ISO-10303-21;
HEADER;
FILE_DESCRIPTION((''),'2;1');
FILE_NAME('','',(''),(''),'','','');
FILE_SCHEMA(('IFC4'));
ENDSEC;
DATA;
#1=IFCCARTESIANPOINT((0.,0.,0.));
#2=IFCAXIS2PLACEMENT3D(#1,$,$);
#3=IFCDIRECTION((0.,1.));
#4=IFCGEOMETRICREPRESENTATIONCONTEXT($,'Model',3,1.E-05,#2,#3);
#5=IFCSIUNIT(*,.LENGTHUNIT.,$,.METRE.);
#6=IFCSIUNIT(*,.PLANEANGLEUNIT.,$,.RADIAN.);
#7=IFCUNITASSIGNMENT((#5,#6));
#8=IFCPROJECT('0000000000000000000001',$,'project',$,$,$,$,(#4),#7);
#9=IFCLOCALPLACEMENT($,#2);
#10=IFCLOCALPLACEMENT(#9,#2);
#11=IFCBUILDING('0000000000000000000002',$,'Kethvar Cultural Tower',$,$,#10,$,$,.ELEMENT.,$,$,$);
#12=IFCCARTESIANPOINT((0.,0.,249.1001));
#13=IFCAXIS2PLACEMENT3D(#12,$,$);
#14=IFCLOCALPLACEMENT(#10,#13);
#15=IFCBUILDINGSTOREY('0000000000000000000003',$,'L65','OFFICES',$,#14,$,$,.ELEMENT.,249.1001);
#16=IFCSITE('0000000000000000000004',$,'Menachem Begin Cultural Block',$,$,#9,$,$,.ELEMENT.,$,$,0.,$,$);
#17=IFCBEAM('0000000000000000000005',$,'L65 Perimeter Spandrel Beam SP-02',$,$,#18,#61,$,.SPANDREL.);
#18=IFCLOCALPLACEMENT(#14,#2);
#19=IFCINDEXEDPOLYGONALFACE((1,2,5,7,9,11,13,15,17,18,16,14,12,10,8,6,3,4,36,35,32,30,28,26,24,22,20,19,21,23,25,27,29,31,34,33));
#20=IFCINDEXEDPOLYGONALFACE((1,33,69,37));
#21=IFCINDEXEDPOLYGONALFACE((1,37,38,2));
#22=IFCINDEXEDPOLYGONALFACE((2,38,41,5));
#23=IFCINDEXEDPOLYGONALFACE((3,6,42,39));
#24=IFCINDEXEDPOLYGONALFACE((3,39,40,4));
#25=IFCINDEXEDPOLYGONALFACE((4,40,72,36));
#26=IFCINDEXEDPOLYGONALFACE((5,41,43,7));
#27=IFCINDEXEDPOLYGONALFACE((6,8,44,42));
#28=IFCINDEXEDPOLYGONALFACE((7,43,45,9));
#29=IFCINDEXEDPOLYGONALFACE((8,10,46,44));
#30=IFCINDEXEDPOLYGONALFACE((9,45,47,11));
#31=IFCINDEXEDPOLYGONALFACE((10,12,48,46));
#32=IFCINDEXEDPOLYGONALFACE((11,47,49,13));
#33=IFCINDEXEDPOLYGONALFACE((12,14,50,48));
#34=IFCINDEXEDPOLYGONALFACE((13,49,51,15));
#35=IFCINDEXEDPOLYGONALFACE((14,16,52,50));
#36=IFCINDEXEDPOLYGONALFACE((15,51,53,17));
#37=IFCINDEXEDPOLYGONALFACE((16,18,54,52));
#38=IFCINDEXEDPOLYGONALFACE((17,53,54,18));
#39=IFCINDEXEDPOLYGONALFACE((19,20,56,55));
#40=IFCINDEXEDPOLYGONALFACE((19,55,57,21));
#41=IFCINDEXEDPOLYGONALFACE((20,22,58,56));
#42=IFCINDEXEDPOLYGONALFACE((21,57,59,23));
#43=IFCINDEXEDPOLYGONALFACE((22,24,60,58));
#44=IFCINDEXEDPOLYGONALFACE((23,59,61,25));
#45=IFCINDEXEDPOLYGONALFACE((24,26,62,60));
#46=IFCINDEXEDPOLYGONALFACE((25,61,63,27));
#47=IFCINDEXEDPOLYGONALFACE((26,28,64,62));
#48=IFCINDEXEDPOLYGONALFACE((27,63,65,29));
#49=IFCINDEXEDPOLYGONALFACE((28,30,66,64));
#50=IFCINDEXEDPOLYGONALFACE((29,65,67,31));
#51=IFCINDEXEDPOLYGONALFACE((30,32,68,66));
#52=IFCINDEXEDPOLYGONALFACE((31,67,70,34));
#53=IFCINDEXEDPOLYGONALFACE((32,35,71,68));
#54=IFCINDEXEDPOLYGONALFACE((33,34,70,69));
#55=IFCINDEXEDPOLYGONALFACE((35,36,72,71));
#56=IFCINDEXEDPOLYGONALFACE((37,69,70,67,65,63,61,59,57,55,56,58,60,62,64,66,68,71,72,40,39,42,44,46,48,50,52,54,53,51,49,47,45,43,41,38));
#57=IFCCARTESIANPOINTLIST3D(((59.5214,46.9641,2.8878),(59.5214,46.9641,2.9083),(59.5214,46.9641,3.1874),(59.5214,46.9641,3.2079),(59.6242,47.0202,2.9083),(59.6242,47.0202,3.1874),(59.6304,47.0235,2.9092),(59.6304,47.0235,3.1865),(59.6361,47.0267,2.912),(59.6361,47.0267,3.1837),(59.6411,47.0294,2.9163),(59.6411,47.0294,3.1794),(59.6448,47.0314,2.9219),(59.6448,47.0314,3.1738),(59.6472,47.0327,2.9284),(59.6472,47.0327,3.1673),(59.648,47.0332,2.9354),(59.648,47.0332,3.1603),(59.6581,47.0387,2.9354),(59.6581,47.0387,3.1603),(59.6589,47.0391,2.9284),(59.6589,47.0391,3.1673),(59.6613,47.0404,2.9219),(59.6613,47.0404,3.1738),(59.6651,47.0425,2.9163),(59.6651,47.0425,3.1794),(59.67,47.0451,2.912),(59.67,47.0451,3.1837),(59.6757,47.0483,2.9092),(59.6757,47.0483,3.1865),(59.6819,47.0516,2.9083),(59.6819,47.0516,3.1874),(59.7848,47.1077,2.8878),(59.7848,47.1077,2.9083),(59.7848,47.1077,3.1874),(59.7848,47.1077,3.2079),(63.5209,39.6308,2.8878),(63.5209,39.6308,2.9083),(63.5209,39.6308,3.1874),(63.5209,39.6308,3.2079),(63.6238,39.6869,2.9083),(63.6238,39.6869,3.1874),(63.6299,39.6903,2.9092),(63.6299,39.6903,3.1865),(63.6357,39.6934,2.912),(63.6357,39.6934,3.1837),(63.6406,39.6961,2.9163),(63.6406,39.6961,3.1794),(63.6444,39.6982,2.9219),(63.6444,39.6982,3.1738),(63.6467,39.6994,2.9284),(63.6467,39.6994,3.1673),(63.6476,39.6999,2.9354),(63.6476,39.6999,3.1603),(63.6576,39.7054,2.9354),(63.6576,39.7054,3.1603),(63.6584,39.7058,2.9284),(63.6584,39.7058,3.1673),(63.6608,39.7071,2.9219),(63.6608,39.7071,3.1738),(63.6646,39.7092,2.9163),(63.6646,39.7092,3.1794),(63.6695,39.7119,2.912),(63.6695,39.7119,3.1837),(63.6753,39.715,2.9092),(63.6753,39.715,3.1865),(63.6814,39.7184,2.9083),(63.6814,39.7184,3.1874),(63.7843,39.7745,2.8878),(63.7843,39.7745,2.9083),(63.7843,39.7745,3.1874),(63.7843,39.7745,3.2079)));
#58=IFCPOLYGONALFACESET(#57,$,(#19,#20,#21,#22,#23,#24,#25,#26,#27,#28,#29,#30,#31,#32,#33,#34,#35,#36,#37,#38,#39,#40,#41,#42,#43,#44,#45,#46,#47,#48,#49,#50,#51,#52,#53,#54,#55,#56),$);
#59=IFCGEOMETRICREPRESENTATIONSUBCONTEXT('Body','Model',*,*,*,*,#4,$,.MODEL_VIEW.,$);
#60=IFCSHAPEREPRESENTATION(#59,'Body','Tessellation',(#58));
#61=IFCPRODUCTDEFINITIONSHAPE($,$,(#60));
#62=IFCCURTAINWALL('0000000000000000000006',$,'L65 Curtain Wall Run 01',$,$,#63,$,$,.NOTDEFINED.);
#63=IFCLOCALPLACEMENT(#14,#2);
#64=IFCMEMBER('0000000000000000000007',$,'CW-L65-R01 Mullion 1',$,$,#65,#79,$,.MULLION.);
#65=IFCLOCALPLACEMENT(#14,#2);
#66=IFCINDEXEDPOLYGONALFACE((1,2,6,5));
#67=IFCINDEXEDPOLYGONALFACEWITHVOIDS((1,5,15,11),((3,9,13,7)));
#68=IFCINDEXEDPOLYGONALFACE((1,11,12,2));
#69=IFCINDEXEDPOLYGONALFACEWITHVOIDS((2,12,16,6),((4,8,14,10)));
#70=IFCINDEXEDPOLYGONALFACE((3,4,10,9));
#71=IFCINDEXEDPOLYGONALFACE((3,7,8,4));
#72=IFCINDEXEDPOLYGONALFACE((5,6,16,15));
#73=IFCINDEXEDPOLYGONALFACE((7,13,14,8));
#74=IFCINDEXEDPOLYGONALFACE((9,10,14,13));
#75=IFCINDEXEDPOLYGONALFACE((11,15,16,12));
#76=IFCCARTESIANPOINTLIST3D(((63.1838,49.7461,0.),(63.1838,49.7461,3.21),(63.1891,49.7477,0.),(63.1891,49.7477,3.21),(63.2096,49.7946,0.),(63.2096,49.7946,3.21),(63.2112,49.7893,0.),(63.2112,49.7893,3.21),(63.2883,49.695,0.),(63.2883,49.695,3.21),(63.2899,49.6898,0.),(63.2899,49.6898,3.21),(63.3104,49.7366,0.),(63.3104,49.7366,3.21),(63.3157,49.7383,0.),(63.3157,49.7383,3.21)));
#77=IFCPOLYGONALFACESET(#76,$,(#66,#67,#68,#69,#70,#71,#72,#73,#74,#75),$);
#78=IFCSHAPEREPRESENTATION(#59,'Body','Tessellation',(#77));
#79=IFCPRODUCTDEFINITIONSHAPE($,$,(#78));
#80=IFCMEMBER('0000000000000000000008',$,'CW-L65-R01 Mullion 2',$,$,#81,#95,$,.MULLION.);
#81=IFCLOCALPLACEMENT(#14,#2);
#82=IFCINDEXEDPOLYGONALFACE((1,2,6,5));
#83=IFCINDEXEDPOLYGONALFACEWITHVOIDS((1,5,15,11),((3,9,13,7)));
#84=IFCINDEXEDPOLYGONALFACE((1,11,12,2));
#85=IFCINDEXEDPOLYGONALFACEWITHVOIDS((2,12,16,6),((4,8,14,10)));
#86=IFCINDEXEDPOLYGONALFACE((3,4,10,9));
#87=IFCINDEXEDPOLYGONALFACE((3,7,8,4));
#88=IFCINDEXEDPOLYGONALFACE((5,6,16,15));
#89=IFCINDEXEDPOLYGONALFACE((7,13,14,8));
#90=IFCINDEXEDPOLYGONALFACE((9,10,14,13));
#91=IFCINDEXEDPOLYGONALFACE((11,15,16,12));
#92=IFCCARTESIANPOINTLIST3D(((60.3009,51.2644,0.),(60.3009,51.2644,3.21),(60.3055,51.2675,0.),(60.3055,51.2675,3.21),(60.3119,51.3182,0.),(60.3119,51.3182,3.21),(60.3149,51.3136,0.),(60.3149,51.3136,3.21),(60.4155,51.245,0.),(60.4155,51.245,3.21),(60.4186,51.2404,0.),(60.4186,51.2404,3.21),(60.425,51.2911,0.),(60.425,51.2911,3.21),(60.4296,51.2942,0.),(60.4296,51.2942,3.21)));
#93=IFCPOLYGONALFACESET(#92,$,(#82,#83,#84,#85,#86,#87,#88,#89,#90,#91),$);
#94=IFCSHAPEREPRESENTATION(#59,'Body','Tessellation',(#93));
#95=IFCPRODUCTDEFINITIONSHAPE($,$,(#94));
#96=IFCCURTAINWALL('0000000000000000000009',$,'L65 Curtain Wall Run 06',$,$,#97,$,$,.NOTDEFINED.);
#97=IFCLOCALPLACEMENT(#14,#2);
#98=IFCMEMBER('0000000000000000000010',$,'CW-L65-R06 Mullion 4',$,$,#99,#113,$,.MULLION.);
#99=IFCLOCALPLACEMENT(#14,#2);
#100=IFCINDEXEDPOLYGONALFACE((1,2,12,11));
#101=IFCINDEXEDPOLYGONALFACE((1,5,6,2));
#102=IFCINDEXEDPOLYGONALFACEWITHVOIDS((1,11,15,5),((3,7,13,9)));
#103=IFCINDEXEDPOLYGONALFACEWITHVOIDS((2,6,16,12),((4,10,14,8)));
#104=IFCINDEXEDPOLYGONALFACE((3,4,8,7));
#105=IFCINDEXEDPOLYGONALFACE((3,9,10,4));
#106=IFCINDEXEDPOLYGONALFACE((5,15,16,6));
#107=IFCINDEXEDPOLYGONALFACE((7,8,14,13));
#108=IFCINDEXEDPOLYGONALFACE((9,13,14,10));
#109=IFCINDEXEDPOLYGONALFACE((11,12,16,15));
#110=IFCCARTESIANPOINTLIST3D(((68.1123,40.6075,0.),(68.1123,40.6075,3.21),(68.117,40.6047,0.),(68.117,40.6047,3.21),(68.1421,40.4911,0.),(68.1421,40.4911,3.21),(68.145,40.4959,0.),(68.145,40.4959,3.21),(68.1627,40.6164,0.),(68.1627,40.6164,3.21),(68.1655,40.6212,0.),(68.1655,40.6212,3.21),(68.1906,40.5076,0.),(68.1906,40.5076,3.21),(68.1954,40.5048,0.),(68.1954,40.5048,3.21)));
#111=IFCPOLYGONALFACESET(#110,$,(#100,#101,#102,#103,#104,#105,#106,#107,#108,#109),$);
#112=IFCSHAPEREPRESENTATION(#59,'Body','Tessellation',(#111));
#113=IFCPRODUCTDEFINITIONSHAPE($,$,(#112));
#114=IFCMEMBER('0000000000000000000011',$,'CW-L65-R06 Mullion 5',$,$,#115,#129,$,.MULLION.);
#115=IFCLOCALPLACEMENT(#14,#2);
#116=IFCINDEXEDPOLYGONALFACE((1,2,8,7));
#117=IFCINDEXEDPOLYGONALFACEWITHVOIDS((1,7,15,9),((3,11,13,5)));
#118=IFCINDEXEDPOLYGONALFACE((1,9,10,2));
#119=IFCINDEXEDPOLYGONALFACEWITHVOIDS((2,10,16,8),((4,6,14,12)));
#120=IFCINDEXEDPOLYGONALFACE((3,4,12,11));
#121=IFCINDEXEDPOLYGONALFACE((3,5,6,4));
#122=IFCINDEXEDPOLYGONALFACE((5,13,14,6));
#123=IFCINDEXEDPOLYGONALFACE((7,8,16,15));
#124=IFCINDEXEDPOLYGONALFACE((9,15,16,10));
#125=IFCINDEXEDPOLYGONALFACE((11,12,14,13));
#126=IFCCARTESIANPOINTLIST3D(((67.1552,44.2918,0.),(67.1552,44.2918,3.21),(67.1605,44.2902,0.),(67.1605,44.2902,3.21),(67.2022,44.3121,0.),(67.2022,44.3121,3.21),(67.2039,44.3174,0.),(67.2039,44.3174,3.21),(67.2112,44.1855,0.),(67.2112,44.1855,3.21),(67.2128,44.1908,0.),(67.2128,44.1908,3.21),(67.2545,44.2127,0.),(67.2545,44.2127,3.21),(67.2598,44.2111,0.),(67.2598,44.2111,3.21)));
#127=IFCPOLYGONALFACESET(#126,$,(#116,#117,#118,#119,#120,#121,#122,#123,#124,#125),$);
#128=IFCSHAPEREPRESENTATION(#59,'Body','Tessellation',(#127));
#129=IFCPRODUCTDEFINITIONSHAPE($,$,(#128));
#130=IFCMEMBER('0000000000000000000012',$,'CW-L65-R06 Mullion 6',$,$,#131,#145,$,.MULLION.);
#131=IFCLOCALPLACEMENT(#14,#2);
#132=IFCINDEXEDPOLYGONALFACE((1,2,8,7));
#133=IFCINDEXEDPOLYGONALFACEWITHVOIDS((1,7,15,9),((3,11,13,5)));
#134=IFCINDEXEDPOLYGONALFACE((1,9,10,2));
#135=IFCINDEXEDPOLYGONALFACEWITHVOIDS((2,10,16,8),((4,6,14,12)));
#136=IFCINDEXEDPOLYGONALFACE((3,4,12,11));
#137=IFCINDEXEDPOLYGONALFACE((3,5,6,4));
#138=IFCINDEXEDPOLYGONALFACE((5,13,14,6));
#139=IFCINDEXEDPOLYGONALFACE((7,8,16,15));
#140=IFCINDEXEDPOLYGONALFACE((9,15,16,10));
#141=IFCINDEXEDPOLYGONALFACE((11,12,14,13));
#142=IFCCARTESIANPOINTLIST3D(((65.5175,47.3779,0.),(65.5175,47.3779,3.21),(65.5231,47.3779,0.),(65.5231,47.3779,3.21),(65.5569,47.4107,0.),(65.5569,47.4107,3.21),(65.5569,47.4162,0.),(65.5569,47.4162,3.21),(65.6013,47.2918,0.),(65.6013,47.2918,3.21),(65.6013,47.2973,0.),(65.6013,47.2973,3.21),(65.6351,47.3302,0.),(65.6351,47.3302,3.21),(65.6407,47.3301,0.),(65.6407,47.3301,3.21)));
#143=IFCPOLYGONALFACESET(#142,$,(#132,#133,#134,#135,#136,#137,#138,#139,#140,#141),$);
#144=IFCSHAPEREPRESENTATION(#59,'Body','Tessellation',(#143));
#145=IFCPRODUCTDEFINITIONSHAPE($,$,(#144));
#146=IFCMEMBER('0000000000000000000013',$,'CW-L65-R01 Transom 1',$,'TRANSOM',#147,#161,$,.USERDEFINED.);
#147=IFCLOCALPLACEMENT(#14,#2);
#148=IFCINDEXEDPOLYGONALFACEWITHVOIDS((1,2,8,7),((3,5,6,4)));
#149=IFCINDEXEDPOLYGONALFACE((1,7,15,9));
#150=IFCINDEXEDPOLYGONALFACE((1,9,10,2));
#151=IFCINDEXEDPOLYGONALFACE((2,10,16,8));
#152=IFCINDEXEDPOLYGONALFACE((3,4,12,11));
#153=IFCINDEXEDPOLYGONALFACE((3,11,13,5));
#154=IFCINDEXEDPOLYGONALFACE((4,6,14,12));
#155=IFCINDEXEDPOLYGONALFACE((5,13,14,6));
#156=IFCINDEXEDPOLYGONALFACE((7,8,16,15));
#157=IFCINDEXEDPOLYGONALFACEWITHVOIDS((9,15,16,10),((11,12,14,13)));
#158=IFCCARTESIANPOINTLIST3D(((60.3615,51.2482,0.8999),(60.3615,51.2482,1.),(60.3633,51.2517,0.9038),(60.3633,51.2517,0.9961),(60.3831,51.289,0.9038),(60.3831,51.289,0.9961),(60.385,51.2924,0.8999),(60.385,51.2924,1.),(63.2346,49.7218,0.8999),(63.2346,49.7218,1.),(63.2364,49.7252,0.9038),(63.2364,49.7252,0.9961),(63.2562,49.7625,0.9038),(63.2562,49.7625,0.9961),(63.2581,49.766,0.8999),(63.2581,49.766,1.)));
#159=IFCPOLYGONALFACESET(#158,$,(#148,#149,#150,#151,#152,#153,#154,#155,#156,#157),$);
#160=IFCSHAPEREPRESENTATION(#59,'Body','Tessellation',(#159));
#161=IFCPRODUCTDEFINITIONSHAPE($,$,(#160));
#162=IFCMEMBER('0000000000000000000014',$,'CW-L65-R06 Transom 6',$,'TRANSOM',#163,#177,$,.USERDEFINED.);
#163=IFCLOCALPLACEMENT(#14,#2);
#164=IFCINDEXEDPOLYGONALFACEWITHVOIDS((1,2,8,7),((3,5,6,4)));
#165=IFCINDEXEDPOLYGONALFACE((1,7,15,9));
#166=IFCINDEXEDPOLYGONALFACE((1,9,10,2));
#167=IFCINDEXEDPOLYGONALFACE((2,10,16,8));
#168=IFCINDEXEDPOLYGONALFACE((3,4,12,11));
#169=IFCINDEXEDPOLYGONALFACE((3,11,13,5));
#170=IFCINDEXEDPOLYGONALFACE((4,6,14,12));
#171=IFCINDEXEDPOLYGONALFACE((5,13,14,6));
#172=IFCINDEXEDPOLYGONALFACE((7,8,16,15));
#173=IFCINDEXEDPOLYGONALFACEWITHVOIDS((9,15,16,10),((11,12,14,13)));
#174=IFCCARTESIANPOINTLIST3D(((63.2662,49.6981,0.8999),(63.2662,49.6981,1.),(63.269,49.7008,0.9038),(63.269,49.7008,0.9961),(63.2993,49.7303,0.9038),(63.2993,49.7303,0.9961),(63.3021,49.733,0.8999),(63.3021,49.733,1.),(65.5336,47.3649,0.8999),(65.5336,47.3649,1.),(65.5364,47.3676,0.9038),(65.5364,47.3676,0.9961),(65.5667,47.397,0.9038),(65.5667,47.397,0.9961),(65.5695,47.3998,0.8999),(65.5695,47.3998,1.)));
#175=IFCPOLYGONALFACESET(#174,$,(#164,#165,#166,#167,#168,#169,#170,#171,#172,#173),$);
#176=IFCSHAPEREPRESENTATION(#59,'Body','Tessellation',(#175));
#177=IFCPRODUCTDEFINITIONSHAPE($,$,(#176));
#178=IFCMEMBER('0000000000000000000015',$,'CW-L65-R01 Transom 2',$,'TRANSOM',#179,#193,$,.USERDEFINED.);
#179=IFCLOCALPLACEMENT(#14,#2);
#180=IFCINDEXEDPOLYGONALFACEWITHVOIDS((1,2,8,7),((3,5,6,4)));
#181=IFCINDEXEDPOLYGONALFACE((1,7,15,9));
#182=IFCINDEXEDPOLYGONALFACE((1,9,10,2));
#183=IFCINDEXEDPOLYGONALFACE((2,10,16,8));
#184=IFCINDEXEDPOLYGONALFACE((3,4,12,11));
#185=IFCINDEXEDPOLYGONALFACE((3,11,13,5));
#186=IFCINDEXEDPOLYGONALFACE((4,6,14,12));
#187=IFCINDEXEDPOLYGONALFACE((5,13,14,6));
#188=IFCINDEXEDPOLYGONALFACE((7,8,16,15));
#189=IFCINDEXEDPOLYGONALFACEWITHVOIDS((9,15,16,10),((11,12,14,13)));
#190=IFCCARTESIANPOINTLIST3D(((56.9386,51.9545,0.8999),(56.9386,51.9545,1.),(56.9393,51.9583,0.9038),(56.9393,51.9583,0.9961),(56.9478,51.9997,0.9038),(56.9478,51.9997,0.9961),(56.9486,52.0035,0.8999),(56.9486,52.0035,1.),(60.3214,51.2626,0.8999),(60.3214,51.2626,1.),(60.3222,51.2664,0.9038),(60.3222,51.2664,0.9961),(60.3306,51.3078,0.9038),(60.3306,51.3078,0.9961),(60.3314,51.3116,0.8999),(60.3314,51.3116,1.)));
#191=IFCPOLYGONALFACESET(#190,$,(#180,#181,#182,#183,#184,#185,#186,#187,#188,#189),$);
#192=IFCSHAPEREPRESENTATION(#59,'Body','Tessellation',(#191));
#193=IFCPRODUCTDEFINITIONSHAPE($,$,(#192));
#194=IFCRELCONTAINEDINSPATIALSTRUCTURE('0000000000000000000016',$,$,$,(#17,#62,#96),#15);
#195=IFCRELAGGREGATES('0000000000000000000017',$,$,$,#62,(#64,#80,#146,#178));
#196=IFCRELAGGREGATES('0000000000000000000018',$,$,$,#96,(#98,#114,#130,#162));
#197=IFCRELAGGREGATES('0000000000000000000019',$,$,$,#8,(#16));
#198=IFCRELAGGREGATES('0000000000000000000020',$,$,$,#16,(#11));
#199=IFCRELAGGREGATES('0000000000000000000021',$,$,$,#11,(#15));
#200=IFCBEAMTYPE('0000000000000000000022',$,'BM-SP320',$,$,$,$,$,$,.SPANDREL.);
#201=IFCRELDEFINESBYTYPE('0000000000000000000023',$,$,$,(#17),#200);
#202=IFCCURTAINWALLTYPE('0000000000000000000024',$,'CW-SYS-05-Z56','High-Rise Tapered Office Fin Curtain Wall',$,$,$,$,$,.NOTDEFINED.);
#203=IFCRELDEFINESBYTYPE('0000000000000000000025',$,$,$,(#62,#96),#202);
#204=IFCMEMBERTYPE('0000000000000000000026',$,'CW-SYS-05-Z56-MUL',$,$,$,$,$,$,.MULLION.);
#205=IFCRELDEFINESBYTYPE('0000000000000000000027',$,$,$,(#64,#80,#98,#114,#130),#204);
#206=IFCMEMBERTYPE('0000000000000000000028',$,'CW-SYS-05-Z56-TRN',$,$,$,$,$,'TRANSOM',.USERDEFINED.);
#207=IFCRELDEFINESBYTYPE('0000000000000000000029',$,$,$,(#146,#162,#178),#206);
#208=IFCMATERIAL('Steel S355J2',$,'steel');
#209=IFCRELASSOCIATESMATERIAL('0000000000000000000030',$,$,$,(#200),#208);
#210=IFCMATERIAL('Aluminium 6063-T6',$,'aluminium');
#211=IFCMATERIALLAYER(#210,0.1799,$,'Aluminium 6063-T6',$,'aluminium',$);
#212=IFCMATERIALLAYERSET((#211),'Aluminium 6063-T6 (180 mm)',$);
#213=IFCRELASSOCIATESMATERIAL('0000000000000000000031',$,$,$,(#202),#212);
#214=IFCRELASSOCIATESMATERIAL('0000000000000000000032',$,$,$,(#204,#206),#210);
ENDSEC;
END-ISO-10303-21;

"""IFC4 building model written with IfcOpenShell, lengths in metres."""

from ifc_helpers import new_model, si_unit, direction, frame, origin, origin_2d, place, context, subcontext, project, spatial, hollow_rectangle, i_section, extrude, source, transform, mapped, material, layer, layer_set, material_profile, profile_set, type_object, element, aggregate, save


model = new_model("IFC4")

# Units and contexts
model_context = context("Model", 3, precision=1e-05, world=origin(), true_north=direction((0.0, 1.0)))
body_context = subcontext(model_context, "Body", "Model", "MODEL_VIEW")
ifc_project = project(units=[si_unit("LENGTHUNIT", "METRE"), si_unit("PLANEANGLEUNIT", "RADIAN")], contexts=[model_context])

# Site, building, storey
site_placement = place(None, origin())
site = spatial("IfcSite", under=ifc_project, at=site_placement, Name="Menachem Begin Cultural Block", CompositionType="ELEMENT", RefElevation=0.0)
building_placement = place(site_placement, origin())
building = spatial("IfcBuilding", under=site, at=building_placement, Name="Kethvar Cultural Tower", CompositionType="ELEMENT")
storey_placement = place(building_placement, frame((0.0, 0.0, 249.1001)))
storey = spatial("IfcBuildingStorey", under=building, at=storey_placement, Name="L65", Description="OFFICES", CompositionType="ELEMENT", Elevation=249.1001)

# Beam
ifc_material_1 = material(Name="Steel S355J2", Category="steel")
ifc_material_profile_1 = material_profile(ifc_material_1, i_section(OverallWidth=0.3, OverallDepth=0.3201, WebThickness=0.0115, FlangeThickness=0.0205, FilletRadius=0.0271, at=origin_2d()), Name="Steel S355J2 — HEB320")
ifc_profile_set_1 = profile_set([ifc_material_profile_1], Name="Steel S355J2 — HEB320")
beam_type = type_object("IfcBeamType", Name="BM-SP320", PredefinedType="SPANDREL", material=ifc_profile_set_1)
shared_shape_1 = source(origin(), body_context, "Body", "SweptSolid", [
    extrude(i_section(OverallWidth=0.3, OverallDepth=0.3201, WebThickness=0.0115, FlangeThickness=0.0205, FilletRadius=0.0271, at=origin_2d()), origin(), (0.0, 0.0, 1.0), 8.353),
])
beam_placement = place(storey_placement, frame((63.6526, 39.7026, 3.0479), z_axis=(-0.478811, 0.877918, 0.0), x_axis=(-0.877918, -0.478811, 0.0)))
element("IfcBeam", 1, at=beam_placement, inside=storey, type_object=beam_type, Name="L65 Perimeter Spandrel Beam SP-02", PredefinedType="SPANDREL", context=body_context, shape_type="MappedRepresentation", body=[
    mapped(shared_shape_1, transform((0.0, 0.0, 0.0), scale=1.0)),
])

# Curtain walls, members
ifc_material_2 = material(Name="Aluminium 6063-T6", Category="aluminium")
ifc_layer_1 = layer(ifc_material_2, 0.1799, Name="Aluminium 6063-T6", Category="aluminium")
ifc_layer_set_1 = layer_set([ifc_layer_1], Name="Aluminium 6063-T6 (180 mm)")
curtain_wall_type = type_object("IfcCurtainWallType", Name="CW-SYS-05-Z56", Description="High-Rise Tapered Office Fin Curtain Wall", PredefinedType="NOTDEFINED", material=ifc_layer_set_1)
curtain_wall_1_placement = place(storey_placement, origin())
curtain_wall_1 = element("IfcCurtainWall", 2, at=curtain_wall_1_placement, inside=storey, type_object=curtain_wall_type, Name="L65 Curtain Wall Run 01", PredefinedType="NOTDEFINED")
ifc_material_profile_2 = material_profile(ifc_material_2, hollow_rectangle(XDim=0.0549, YDim=0.1201, WallThickness=0.0039, at=origin_2d()), Name="Aluminium 6063-T6 — RHS120x55x4")
ifc_profile_set_2 = profile_set([ifc_material_profile_2], Name="Aluminium 6063-T6 — RHS120x55x4")
member_type_1 = type_object("IfcMemberType", Name="CW-SYS-05-Z56-MUL", PredefinedType="MULLION", material=ifc_profile_set_2)
shared_shape_2 = source(origin(), body_context, "Body", "SweptSolid", [
    extrude(hollow_rectangle(XDim=0.0549, YDim=0.1201, WallThickness=0.0039, at=origin_2d()), origin(), (0.0, 0.0, 1.0), 3.21),
])
member_1_placement = place(storey_placement, frame((63.2498, 49.7422, 0.0), z_axis=(0.0, 0.0, 1.0), x_axis=(-0.469179, -0.883103, 0.0)))
member_1 = element("IfcMember", 3, at=member_1_placement, type_object=member_type_1, Name="CW-L65-R01 Mullion 1", PredefinedType="MULLION", context=body_context, shape_type="MappedRepresentation", body=[
    mapped(shared_shape_2, transform((0.0, 0.0, 0.0), scale=1.0)),
])
member_2_placement = place(storey_placement, frame((60.3652, 51.2793, 0.0), z_axis=(0.0, 0.0, 1.0), x_axis=(-0.20036, -0.979722, 0.0)))
member_2 = element("IfcMember", 4, at=member_2_placement, type_object=member_type_1, Name="CW-L65-R01 Mullion 2", PredefinedType="MULLION", context=body_context, shape_type="MappedRepresentation", body=[
    mapped(shared_shape_2, transform((0.0, 0.0, 0.0), scale=1.0)),
])
curtain_wall_2_placement = place(storey_placement, origin())
curtain_wall_2 = element("IfcCurtainWall", 5, at=curtain_wall_2_placement, inside=storey, type_object=curtain_wall_type, Name="L65 Curtain Wall Run 06", PredefinedType="NOTDEFINED")
member_3_placement = place(storey_placement, frame((68.1538, 40.5562, 0.0), z_axis=(0.0, 0.0, 1.0), x_axis=(-0.968553, -0.248808, 0.0)))
member_3 = element("IfcMember", 6, at=member_3_placement, type_object=member_type_1, Name="CW-L65-R06 Mullion 4", PredefinedType="MULLION", context=body_context, shape_type="MappedRepresentation", body=[
    mapped(shared_shape_2, transform((0.0, 0.0, 0.0), scale=1.0)),
])
member_4_placement = place(storey_placement, frame((67.2075, 44.2515, 0.0), z_axis=(0.0, 0.0, 1.0), x_axis=(-0.884931, -0.465723, 0.0)))
member_4 = element("IfcMember", 7, at=member_4_placement, type_object=member_type_1, Name="CW-L65-R06 Mullion 5", PredefinedType="MULLION", context=body_context, shape_type="MappedRepresentation", body=[
    mapped(shared_shape_2, transform((0.0, 0.0, 0.0), scale=1.0)),
])
member_5_placement = place(storey_placement, frame((65.5791, 47.354, 0.0), z_axis=(0.0, 0.0, 1.0), x_axis=(-0.71713, -0.69694, 0.0)))
member_5 = element("IfcMember", 8, at=member_5_placement, type_object=member_type_1, Name="CW-L65-R06 Mullion 6", PredefinedType="MULLION", context=body_context, shape_type="MappedRepresentation", body=[
    mapped(shared_shape_2, transform((0.0, 0.0, 0.0), scale=1.0)),
])

# Members
ifc_material_profile_3 = material_profile(ifc_material_2, hollow_rectangle(XDim=0.05, YDim=0.1001, WallThickness=0.0039, at=origin_2d()), Name="Aluminium 6063-T6 — RHS100x50x4")
ifc_profile_set_3 = profile_set([ifc_material_profile_3], Name="Aluminium 6063-T6 — RHS100x50x4")
member_type_2 = type_object("IfcMemberType", Name="CW-SYS-05-Z56-TRN", ElementType="TRANSOM", PredefinedType="USERDEFINED", material=ifc_profile_set_3)
shared_shape_3 = source(origin(), body_context, "Body", "SweptSolid", [
    extrude(hollow_rectangle(XDim=0.05, YDim=0.1001, WallThickness=0.0039, at=origin_2d()), origin(), (0.0, 0.0, 1.0), 3.2534),
])
member_6_placement = place(storey_placement, frame((63.2463, 49.7439, 0.95), z_axis=(-0.883108, 0.46917, 0.0), x_axis=(-0.46917, -0.883108, 0.0)))
member_6 = element("IfcMember", 9, at=member_6_placement, type_object=member_type_2, Name="CW-L65-R01 Transom 1", ObjectType="TRANSOM", PredefinedType="USERDEFINED", context=body_context, shape_type="MappedRepresentation", body=[
    mapped(shared_shape_3, transform((0.0, 0.0, 0.0), scale=1.0)),
])
member_7_placement = place(storey_placement, frame((65.5515, 47.3823, 0.95), z_axis=(-0.696904, 0.717165, 0.0), x_axis=(-0.717165, -0.696904, 0.0)))
member_7 = element("IfcMember", 10, at=member_7_placement, type_object=member_type_2, Name="CW-L65-R06 Transom 6", ObjectType="TRANSOM", PredefinedType="USERDEFINED", context=body_context, shape_type="MappedRepresentation", body=[
    mapped(shared_shape_3, transform((0.0, 0.0, 0.0), scale=1.0)),
])
shared_shape_4 = source(origin(), body_context, "Body", "SweptSolid", [
    extrude(hollow_rectangle(XDim=0.05, YDim=0.1001, WallThickness=0.0039, at=origin_2d()), origin(), (0.0, 0.0, 1.0), 3.4529),
])
member_8_placement = place(storey_placement, frame((60.3264, 51.2871, 0.95), z_axis=(-0.979717, 0.200384, 0.0), x_axis=(-0.200384, -0.979717, 0.0)))
member_8 = element("IfcMember", 11, at=member_8_placement, type_object=member_type_2, Name="CW-L65-R01 Transom 2", ObjectType="TRANSOM", PredefinedType="USERDEFINED", context=body_context, shape_type="MappedRepresentation", body=[
    mapped(shared_shape_4, transform((0.0, 0.0, 0.0), scale=1.0)),
])

aggregate(curtain_wall_1, [member_1, member_2, member_6, member_8])
aggregate(curtain_wall_2, [member_3, member_4, member_5, member_7])

save(model, "model.ifc")
